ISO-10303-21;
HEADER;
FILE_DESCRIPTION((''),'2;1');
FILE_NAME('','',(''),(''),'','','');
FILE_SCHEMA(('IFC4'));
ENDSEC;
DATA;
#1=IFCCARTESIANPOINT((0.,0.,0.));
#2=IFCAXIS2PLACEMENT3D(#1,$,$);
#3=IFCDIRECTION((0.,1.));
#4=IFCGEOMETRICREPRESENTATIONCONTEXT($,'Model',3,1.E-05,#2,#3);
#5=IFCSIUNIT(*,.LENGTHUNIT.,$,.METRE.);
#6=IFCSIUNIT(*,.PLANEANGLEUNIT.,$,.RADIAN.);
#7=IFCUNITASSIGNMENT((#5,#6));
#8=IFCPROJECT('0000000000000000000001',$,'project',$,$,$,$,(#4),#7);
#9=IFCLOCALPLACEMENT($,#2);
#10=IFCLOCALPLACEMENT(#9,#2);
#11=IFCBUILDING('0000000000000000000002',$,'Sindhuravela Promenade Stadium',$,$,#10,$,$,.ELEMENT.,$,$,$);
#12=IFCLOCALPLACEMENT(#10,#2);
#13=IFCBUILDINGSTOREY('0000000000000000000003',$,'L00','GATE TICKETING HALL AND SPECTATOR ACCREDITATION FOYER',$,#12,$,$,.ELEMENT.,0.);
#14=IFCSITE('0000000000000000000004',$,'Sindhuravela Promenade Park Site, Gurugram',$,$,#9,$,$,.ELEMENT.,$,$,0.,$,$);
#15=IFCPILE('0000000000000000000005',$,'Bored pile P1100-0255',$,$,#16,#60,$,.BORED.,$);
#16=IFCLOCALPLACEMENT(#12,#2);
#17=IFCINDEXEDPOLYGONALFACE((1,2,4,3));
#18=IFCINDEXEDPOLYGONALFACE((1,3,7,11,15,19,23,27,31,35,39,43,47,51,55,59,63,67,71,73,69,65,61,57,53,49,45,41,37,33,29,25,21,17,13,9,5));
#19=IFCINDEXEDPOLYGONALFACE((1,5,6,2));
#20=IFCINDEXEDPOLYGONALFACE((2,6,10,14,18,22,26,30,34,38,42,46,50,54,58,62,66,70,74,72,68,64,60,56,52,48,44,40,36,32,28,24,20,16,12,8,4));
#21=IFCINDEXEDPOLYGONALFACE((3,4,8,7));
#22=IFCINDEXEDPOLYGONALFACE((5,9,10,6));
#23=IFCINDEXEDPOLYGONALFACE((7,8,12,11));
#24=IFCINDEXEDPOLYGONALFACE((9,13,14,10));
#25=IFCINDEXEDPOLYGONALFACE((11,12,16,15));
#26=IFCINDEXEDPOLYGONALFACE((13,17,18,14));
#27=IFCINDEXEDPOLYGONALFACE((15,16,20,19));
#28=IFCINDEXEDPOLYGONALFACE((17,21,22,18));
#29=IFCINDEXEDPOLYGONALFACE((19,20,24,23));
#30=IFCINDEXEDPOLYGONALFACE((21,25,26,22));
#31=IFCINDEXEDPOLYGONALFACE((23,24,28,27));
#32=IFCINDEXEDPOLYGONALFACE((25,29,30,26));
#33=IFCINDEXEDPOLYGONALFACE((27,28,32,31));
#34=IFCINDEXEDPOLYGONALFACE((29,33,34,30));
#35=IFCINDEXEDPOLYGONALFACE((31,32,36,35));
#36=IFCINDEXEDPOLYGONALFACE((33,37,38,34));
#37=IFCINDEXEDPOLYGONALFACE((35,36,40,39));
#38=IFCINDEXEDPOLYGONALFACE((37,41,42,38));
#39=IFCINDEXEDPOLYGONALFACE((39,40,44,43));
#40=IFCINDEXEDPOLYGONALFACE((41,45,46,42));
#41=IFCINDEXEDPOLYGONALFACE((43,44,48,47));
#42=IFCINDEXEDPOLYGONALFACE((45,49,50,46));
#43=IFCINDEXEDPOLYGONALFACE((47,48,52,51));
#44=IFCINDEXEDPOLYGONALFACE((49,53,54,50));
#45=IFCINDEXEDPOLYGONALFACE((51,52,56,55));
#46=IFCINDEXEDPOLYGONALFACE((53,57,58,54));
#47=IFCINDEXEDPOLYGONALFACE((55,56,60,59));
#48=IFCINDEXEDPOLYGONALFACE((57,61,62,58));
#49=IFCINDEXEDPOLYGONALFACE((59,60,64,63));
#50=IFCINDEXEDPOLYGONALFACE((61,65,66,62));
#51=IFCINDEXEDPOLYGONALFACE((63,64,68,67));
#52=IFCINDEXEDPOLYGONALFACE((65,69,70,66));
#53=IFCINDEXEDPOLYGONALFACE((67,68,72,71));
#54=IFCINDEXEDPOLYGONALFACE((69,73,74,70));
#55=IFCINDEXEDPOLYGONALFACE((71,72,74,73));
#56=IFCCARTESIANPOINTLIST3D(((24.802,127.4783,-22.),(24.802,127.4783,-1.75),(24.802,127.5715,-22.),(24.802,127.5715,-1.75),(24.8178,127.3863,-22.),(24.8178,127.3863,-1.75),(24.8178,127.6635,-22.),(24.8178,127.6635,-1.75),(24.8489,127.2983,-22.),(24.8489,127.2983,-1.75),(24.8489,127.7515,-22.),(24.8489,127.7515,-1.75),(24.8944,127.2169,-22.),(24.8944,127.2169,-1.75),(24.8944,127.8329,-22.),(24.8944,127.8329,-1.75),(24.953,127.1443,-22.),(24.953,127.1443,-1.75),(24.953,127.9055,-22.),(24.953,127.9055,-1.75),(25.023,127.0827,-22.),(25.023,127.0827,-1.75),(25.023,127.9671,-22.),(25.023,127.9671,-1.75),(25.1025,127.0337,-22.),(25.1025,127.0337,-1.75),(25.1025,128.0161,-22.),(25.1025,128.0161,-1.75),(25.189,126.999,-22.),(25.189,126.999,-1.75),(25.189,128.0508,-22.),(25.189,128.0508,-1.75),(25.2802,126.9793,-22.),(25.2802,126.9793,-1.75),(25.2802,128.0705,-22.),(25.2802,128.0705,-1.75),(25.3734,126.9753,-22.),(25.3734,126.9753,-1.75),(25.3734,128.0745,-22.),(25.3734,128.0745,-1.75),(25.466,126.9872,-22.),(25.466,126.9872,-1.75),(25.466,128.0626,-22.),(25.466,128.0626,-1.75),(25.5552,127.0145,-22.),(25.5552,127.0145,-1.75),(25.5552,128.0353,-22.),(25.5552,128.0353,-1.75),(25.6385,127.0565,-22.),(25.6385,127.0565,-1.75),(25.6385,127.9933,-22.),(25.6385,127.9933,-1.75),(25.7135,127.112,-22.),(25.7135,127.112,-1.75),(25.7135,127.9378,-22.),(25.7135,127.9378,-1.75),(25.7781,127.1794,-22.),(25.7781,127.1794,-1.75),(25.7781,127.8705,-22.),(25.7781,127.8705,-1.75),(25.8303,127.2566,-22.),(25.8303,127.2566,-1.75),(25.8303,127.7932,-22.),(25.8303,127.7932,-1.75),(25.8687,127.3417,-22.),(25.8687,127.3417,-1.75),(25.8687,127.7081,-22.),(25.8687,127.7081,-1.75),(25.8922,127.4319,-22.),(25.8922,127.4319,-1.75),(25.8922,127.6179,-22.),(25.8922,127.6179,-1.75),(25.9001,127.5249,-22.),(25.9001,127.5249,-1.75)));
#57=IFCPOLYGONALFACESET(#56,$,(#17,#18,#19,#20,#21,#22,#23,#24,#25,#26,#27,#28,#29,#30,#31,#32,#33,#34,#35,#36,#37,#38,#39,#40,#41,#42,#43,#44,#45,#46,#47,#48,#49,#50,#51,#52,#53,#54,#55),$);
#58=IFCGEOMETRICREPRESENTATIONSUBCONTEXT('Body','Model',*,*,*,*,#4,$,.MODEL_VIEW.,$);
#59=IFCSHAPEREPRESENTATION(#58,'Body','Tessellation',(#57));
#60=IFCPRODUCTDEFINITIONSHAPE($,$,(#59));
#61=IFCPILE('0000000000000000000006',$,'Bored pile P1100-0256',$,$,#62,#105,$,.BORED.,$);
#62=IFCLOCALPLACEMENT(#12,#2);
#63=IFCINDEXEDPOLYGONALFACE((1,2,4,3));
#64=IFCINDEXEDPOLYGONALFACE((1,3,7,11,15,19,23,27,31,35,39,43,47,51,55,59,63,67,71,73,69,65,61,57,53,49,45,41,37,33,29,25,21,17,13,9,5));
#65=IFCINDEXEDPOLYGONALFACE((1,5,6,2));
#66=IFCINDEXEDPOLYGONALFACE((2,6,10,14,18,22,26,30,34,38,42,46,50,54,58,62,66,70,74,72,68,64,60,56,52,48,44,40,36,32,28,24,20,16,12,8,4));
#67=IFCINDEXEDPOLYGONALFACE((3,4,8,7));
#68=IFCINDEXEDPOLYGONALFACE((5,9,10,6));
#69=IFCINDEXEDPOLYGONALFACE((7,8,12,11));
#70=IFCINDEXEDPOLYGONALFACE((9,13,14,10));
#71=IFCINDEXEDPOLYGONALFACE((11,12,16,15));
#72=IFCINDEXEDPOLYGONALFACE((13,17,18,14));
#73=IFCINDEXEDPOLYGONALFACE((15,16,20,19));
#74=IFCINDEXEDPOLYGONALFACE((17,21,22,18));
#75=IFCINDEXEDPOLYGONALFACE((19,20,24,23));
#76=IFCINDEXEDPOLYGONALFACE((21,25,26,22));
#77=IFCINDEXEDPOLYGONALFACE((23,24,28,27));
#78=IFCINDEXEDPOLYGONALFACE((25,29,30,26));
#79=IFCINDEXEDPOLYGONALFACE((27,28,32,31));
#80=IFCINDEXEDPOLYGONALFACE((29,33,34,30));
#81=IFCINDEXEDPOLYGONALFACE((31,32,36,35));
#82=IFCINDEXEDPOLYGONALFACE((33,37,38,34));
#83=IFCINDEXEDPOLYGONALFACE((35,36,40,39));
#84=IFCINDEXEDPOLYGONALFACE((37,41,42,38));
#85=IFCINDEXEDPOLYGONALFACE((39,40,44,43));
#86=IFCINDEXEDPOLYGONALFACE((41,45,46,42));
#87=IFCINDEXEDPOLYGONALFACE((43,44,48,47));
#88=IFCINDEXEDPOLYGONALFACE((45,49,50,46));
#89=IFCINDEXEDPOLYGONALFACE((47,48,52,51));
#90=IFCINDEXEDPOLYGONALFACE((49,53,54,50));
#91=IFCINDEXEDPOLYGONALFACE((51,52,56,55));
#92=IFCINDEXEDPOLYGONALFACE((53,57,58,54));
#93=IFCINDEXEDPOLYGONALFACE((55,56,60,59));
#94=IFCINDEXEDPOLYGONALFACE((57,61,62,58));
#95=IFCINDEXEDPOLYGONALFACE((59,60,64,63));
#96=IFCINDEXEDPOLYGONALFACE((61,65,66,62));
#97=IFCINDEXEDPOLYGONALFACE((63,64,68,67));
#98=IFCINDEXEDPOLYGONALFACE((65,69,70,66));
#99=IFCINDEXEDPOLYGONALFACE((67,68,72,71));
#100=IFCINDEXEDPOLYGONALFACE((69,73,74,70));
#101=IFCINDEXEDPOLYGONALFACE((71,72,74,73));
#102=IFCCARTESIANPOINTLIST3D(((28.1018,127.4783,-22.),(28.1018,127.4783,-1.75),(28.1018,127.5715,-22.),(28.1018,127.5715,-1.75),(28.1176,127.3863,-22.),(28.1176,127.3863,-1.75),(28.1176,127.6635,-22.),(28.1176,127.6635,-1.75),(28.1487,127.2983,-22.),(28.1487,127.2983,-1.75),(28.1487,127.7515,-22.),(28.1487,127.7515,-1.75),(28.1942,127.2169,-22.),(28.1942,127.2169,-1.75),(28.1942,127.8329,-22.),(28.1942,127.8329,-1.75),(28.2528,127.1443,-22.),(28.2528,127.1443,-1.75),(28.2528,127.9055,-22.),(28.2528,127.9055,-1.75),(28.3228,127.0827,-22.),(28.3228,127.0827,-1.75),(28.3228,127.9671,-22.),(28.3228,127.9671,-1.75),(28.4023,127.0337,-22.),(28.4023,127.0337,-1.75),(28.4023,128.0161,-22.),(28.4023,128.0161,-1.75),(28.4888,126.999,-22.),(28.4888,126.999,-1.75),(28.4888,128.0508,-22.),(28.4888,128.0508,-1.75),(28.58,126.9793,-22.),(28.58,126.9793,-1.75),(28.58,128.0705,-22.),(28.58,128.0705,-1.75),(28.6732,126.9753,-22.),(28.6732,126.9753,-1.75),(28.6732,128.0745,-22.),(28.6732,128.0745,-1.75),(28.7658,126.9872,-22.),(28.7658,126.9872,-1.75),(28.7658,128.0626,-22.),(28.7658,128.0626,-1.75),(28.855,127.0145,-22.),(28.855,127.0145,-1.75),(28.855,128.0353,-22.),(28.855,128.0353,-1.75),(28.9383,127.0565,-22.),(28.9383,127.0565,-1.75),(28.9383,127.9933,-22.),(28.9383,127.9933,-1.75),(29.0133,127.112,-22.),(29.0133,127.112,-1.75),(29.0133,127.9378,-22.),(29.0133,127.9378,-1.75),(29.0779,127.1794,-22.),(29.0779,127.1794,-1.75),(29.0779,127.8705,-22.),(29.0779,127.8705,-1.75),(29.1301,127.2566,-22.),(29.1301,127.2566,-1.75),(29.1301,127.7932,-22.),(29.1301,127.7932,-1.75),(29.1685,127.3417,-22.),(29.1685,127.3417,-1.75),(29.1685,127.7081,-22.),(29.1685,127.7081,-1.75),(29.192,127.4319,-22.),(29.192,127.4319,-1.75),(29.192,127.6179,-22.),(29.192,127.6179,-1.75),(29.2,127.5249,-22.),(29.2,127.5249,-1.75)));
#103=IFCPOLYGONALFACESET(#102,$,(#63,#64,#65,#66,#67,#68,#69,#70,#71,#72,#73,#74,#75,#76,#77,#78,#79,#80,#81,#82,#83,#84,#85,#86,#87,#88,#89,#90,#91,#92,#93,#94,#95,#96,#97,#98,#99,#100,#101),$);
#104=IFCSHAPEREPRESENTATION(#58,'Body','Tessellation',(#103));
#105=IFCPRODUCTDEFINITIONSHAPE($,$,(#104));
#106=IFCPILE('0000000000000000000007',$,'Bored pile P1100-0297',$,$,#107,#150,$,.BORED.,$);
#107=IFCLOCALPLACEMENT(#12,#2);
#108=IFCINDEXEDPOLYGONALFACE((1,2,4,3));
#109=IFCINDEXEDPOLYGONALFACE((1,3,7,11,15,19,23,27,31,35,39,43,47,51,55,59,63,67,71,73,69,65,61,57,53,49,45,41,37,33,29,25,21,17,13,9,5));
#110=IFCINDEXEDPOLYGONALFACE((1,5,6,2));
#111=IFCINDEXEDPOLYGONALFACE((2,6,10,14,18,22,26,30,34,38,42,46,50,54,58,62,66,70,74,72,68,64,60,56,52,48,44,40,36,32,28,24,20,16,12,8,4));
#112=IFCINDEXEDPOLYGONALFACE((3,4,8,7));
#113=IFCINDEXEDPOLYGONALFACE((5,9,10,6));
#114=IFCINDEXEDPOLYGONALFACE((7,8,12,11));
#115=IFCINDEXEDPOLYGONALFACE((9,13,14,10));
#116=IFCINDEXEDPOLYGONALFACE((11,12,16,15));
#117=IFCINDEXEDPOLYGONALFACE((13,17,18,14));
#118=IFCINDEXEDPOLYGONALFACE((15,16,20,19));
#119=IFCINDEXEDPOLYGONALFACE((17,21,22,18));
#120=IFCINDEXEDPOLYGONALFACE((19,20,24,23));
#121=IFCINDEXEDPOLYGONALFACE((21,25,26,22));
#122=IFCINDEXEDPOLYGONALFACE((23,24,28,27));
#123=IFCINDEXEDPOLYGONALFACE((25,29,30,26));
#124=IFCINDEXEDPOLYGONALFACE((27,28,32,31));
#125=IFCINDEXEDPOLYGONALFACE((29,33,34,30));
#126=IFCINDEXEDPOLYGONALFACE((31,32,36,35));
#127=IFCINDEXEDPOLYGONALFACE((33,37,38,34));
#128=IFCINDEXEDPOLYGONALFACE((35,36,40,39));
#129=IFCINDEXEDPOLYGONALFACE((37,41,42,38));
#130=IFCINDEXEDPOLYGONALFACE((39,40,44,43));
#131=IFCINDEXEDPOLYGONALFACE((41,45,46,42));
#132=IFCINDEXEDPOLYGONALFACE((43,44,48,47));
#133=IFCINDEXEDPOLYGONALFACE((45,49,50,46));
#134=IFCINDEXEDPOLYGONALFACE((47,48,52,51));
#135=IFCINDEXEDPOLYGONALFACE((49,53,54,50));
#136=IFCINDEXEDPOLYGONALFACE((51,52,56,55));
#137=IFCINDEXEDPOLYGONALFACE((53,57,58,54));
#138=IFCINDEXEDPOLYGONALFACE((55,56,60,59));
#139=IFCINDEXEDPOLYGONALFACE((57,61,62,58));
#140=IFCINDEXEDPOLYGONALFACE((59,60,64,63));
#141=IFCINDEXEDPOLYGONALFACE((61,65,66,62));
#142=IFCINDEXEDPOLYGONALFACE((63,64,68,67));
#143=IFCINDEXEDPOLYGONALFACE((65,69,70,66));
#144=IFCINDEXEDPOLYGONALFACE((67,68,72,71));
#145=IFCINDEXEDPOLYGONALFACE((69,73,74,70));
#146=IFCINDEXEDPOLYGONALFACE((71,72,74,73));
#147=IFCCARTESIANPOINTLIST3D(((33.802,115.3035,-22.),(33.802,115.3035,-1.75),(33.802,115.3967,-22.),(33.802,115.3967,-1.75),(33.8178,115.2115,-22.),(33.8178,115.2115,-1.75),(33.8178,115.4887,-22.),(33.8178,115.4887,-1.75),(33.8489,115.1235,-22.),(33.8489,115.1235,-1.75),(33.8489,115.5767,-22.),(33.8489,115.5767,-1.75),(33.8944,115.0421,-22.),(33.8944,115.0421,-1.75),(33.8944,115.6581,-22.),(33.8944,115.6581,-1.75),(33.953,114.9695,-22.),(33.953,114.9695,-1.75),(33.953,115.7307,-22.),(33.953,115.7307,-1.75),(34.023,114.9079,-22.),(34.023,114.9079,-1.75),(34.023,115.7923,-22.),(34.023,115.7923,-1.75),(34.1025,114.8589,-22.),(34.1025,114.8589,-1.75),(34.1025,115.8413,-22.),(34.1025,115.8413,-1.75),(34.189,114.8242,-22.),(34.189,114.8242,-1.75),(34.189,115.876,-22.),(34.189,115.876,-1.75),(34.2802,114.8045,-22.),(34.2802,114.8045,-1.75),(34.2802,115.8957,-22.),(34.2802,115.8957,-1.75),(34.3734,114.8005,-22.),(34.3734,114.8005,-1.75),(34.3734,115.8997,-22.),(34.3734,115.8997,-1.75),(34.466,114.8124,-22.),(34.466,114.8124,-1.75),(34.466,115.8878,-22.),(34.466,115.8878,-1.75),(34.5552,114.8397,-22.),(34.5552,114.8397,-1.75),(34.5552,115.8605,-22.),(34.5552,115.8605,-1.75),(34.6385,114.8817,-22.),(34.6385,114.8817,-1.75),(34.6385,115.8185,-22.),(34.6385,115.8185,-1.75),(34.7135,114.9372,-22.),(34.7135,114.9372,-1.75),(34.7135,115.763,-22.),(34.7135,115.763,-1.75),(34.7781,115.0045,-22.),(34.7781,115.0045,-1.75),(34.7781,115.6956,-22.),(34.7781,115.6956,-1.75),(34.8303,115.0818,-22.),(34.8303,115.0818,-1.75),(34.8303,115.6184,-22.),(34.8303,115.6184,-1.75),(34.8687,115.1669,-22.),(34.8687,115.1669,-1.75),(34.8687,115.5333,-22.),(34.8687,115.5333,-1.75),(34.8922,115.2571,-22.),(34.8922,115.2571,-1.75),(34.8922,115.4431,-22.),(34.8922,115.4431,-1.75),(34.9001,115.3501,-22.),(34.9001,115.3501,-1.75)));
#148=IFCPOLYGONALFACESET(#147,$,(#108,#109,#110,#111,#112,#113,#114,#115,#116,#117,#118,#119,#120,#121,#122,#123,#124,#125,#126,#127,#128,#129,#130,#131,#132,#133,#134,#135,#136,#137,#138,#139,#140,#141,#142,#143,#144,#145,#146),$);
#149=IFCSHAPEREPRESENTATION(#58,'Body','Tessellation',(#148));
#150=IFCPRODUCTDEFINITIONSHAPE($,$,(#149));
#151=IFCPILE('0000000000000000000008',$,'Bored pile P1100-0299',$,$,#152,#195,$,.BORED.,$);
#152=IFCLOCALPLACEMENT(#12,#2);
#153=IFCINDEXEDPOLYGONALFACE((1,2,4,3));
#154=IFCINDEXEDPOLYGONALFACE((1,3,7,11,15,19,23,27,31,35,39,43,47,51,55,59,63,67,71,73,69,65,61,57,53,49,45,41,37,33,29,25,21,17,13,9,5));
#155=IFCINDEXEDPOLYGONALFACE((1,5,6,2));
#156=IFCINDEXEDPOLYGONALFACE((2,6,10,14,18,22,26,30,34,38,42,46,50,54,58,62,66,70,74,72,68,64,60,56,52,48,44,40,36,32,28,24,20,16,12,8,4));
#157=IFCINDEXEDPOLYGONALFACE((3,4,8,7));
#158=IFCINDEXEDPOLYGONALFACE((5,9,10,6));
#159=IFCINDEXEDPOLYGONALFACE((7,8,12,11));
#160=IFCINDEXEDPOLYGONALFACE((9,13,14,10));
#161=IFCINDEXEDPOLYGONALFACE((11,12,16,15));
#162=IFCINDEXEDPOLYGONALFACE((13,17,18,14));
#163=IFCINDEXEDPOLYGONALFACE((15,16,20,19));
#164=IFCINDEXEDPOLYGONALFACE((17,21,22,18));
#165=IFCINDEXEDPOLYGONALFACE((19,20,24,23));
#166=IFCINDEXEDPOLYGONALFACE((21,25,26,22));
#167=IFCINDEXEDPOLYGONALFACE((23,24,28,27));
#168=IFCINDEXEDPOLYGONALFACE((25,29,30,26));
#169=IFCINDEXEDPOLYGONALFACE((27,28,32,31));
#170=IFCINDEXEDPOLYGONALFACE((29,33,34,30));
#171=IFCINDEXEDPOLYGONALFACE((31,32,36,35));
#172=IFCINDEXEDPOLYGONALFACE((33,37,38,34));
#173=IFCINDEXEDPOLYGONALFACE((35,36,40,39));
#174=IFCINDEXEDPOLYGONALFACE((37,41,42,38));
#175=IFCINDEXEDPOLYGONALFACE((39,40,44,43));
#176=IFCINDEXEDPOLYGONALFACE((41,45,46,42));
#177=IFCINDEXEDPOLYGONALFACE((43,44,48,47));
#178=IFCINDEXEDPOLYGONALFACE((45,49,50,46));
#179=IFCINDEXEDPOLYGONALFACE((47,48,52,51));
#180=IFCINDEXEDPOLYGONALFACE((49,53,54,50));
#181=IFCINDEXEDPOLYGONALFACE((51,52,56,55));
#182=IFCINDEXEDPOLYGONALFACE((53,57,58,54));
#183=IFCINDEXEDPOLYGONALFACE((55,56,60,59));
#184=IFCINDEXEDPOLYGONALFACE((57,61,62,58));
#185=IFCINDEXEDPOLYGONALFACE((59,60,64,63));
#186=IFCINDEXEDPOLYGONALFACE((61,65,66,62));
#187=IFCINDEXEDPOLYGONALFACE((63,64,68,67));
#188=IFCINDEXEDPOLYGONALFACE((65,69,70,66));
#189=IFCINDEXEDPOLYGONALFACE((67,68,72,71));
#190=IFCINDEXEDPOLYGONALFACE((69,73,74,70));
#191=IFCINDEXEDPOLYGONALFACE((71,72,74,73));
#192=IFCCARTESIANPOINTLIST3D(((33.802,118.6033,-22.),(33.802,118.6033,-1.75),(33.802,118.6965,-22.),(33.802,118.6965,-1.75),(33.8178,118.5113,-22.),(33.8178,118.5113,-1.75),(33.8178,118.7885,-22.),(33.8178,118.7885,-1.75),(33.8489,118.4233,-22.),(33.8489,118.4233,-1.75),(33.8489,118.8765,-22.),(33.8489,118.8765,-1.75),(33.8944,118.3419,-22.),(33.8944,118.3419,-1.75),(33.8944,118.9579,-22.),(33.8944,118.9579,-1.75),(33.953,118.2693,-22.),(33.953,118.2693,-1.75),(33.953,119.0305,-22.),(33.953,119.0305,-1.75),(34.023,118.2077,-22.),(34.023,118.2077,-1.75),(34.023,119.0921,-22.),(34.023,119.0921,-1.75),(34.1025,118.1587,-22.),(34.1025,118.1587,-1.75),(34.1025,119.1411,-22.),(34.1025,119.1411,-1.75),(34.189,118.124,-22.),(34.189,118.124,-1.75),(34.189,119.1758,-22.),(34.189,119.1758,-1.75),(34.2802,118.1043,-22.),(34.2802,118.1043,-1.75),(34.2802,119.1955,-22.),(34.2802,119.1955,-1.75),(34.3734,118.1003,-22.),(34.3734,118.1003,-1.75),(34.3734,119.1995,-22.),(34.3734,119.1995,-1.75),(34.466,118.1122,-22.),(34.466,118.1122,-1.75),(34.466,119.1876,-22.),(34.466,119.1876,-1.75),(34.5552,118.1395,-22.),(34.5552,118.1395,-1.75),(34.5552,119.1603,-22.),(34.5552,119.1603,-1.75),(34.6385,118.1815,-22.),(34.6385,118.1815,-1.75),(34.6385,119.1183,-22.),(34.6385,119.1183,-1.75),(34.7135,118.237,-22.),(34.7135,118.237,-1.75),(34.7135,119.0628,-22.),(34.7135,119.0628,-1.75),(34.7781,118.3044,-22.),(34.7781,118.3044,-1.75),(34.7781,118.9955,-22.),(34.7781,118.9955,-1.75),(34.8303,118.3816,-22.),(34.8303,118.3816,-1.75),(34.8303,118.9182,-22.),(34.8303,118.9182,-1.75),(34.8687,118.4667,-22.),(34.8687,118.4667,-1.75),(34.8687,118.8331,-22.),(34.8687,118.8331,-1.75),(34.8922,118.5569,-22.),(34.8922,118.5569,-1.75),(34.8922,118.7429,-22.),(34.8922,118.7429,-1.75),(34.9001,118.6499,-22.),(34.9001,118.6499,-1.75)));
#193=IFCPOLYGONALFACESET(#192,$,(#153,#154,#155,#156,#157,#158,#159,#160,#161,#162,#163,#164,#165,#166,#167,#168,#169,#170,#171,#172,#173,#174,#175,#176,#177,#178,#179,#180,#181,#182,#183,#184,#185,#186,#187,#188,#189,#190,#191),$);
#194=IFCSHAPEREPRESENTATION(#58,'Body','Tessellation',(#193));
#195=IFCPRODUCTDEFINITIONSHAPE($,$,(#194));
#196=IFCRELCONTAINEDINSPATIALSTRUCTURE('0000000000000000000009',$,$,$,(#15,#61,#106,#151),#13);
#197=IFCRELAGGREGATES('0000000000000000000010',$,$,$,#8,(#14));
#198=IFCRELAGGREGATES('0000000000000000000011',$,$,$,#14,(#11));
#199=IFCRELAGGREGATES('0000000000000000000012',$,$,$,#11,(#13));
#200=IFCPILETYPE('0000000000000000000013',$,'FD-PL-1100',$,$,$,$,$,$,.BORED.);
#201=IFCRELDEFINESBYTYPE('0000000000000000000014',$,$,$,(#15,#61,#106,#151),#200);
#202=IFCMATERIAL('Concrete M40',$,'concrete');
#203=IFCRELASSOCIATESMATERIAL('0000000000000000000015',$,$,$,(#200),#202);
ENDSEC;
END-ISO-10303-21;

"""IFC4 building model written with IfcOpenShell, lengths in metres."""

from ifc_helpers import new_model, si_unit, direction, frame, origin, origin_2d, place, context, subcontext, project, spatial, circle, extrude, material, material_profile, profile_set, type_object, element, save


model = new_model("IFC4")

# Units and contexts
model_context = context("Model", 3, precision=1e-05, world=origin(), true_north=direction((0.0, 1.0)))
body_context = subcontext(model_context, "Body", "Model", "MODEL_VIEW")
ifc_project = project(units=[si_unit("LENGTHUNIT", "METRE"), si_unit("PLANEANGLEUNIT", "RADIAN")], contexts=[model_context])

# Site, building, storey
site_placement = place(None, origin())
site = spatial("IfcSite", under=ifc_project, at=site_placement, Name="Sindhuravela Promenade Park Site, Gurugram", CompositionType="ELEMENT", RefElevation=0.0)
building_placement = place(site_placement, origin())
building = spatial("IfcBuilding", under=site, at=building_placement, Name="Sindhuravela Promenade Stadium", CompositionType="ELEMENT")
storey_placement = place(building_placement, origin())
storey = spatial("IfcBuildingStorey", under=building, at=storey_placement, Name="L00", Description="GATE TICKETING HALL AND SPECTATOR ACCREDITATION FOYER", CompositionType="ELEMENT", Elevation=0.0)

# Piles
ifc_material_1 = material(Name="Concrete M40", Category="concrete")
ifc_material_profile_1 = material_profile(ifc_material_1, circle(Radius=0.55, at=origin_2d()), Name="BORED PILE D1100")
ifc_profile_set_1 = profile_set([ifc_material_profile_1], Name="Concrete M40")
pile_type = type_object("IfcPileType", Name="FD-PL-1100", PredefinedType="BORED", material=ifc_profile_set_1)
for number, where, z_axis, x_axis, name in (
    (1, (25.3501, 127.5249, -1.75), (0.0, 0.0, -1.0), (1.0, 0.0, 0.0), "Bored pile P1100-0255"),
    (2, (28.6499, 127.5249, -1.75), (0.0, 0.0, -1.0), (1.0, 0.0, 0.0), "Bored pile P1100-0256"),
    (3, (34.3501, 115.3501, -1.75), (0.0, 0.0, -1.0), (1.0, 0.0, 0.0), "Bored pile P1100-0297"),
    (4, (34.3501, 118.6499, -1.75), (0.0, 0.0, -1.0), (1.0, 0.0, 0.0), "Bored pile P1100-0299"),
):
    element("IfcPile", number, at=place(storey_placement, frame(where, z_axis=z_axis, x_axis=x_axis)), inside=storey, type_object=pile_type, Name=name, PredefinedType="BORED", context=body_context, shape_type="SweptSolid", body=[
        extrude(circle(Radius=0.55, at=origin_2d()), origin(), (0.0, 0.0, 1.0), 20.25),
    ])

save(model, "model.ifc")
